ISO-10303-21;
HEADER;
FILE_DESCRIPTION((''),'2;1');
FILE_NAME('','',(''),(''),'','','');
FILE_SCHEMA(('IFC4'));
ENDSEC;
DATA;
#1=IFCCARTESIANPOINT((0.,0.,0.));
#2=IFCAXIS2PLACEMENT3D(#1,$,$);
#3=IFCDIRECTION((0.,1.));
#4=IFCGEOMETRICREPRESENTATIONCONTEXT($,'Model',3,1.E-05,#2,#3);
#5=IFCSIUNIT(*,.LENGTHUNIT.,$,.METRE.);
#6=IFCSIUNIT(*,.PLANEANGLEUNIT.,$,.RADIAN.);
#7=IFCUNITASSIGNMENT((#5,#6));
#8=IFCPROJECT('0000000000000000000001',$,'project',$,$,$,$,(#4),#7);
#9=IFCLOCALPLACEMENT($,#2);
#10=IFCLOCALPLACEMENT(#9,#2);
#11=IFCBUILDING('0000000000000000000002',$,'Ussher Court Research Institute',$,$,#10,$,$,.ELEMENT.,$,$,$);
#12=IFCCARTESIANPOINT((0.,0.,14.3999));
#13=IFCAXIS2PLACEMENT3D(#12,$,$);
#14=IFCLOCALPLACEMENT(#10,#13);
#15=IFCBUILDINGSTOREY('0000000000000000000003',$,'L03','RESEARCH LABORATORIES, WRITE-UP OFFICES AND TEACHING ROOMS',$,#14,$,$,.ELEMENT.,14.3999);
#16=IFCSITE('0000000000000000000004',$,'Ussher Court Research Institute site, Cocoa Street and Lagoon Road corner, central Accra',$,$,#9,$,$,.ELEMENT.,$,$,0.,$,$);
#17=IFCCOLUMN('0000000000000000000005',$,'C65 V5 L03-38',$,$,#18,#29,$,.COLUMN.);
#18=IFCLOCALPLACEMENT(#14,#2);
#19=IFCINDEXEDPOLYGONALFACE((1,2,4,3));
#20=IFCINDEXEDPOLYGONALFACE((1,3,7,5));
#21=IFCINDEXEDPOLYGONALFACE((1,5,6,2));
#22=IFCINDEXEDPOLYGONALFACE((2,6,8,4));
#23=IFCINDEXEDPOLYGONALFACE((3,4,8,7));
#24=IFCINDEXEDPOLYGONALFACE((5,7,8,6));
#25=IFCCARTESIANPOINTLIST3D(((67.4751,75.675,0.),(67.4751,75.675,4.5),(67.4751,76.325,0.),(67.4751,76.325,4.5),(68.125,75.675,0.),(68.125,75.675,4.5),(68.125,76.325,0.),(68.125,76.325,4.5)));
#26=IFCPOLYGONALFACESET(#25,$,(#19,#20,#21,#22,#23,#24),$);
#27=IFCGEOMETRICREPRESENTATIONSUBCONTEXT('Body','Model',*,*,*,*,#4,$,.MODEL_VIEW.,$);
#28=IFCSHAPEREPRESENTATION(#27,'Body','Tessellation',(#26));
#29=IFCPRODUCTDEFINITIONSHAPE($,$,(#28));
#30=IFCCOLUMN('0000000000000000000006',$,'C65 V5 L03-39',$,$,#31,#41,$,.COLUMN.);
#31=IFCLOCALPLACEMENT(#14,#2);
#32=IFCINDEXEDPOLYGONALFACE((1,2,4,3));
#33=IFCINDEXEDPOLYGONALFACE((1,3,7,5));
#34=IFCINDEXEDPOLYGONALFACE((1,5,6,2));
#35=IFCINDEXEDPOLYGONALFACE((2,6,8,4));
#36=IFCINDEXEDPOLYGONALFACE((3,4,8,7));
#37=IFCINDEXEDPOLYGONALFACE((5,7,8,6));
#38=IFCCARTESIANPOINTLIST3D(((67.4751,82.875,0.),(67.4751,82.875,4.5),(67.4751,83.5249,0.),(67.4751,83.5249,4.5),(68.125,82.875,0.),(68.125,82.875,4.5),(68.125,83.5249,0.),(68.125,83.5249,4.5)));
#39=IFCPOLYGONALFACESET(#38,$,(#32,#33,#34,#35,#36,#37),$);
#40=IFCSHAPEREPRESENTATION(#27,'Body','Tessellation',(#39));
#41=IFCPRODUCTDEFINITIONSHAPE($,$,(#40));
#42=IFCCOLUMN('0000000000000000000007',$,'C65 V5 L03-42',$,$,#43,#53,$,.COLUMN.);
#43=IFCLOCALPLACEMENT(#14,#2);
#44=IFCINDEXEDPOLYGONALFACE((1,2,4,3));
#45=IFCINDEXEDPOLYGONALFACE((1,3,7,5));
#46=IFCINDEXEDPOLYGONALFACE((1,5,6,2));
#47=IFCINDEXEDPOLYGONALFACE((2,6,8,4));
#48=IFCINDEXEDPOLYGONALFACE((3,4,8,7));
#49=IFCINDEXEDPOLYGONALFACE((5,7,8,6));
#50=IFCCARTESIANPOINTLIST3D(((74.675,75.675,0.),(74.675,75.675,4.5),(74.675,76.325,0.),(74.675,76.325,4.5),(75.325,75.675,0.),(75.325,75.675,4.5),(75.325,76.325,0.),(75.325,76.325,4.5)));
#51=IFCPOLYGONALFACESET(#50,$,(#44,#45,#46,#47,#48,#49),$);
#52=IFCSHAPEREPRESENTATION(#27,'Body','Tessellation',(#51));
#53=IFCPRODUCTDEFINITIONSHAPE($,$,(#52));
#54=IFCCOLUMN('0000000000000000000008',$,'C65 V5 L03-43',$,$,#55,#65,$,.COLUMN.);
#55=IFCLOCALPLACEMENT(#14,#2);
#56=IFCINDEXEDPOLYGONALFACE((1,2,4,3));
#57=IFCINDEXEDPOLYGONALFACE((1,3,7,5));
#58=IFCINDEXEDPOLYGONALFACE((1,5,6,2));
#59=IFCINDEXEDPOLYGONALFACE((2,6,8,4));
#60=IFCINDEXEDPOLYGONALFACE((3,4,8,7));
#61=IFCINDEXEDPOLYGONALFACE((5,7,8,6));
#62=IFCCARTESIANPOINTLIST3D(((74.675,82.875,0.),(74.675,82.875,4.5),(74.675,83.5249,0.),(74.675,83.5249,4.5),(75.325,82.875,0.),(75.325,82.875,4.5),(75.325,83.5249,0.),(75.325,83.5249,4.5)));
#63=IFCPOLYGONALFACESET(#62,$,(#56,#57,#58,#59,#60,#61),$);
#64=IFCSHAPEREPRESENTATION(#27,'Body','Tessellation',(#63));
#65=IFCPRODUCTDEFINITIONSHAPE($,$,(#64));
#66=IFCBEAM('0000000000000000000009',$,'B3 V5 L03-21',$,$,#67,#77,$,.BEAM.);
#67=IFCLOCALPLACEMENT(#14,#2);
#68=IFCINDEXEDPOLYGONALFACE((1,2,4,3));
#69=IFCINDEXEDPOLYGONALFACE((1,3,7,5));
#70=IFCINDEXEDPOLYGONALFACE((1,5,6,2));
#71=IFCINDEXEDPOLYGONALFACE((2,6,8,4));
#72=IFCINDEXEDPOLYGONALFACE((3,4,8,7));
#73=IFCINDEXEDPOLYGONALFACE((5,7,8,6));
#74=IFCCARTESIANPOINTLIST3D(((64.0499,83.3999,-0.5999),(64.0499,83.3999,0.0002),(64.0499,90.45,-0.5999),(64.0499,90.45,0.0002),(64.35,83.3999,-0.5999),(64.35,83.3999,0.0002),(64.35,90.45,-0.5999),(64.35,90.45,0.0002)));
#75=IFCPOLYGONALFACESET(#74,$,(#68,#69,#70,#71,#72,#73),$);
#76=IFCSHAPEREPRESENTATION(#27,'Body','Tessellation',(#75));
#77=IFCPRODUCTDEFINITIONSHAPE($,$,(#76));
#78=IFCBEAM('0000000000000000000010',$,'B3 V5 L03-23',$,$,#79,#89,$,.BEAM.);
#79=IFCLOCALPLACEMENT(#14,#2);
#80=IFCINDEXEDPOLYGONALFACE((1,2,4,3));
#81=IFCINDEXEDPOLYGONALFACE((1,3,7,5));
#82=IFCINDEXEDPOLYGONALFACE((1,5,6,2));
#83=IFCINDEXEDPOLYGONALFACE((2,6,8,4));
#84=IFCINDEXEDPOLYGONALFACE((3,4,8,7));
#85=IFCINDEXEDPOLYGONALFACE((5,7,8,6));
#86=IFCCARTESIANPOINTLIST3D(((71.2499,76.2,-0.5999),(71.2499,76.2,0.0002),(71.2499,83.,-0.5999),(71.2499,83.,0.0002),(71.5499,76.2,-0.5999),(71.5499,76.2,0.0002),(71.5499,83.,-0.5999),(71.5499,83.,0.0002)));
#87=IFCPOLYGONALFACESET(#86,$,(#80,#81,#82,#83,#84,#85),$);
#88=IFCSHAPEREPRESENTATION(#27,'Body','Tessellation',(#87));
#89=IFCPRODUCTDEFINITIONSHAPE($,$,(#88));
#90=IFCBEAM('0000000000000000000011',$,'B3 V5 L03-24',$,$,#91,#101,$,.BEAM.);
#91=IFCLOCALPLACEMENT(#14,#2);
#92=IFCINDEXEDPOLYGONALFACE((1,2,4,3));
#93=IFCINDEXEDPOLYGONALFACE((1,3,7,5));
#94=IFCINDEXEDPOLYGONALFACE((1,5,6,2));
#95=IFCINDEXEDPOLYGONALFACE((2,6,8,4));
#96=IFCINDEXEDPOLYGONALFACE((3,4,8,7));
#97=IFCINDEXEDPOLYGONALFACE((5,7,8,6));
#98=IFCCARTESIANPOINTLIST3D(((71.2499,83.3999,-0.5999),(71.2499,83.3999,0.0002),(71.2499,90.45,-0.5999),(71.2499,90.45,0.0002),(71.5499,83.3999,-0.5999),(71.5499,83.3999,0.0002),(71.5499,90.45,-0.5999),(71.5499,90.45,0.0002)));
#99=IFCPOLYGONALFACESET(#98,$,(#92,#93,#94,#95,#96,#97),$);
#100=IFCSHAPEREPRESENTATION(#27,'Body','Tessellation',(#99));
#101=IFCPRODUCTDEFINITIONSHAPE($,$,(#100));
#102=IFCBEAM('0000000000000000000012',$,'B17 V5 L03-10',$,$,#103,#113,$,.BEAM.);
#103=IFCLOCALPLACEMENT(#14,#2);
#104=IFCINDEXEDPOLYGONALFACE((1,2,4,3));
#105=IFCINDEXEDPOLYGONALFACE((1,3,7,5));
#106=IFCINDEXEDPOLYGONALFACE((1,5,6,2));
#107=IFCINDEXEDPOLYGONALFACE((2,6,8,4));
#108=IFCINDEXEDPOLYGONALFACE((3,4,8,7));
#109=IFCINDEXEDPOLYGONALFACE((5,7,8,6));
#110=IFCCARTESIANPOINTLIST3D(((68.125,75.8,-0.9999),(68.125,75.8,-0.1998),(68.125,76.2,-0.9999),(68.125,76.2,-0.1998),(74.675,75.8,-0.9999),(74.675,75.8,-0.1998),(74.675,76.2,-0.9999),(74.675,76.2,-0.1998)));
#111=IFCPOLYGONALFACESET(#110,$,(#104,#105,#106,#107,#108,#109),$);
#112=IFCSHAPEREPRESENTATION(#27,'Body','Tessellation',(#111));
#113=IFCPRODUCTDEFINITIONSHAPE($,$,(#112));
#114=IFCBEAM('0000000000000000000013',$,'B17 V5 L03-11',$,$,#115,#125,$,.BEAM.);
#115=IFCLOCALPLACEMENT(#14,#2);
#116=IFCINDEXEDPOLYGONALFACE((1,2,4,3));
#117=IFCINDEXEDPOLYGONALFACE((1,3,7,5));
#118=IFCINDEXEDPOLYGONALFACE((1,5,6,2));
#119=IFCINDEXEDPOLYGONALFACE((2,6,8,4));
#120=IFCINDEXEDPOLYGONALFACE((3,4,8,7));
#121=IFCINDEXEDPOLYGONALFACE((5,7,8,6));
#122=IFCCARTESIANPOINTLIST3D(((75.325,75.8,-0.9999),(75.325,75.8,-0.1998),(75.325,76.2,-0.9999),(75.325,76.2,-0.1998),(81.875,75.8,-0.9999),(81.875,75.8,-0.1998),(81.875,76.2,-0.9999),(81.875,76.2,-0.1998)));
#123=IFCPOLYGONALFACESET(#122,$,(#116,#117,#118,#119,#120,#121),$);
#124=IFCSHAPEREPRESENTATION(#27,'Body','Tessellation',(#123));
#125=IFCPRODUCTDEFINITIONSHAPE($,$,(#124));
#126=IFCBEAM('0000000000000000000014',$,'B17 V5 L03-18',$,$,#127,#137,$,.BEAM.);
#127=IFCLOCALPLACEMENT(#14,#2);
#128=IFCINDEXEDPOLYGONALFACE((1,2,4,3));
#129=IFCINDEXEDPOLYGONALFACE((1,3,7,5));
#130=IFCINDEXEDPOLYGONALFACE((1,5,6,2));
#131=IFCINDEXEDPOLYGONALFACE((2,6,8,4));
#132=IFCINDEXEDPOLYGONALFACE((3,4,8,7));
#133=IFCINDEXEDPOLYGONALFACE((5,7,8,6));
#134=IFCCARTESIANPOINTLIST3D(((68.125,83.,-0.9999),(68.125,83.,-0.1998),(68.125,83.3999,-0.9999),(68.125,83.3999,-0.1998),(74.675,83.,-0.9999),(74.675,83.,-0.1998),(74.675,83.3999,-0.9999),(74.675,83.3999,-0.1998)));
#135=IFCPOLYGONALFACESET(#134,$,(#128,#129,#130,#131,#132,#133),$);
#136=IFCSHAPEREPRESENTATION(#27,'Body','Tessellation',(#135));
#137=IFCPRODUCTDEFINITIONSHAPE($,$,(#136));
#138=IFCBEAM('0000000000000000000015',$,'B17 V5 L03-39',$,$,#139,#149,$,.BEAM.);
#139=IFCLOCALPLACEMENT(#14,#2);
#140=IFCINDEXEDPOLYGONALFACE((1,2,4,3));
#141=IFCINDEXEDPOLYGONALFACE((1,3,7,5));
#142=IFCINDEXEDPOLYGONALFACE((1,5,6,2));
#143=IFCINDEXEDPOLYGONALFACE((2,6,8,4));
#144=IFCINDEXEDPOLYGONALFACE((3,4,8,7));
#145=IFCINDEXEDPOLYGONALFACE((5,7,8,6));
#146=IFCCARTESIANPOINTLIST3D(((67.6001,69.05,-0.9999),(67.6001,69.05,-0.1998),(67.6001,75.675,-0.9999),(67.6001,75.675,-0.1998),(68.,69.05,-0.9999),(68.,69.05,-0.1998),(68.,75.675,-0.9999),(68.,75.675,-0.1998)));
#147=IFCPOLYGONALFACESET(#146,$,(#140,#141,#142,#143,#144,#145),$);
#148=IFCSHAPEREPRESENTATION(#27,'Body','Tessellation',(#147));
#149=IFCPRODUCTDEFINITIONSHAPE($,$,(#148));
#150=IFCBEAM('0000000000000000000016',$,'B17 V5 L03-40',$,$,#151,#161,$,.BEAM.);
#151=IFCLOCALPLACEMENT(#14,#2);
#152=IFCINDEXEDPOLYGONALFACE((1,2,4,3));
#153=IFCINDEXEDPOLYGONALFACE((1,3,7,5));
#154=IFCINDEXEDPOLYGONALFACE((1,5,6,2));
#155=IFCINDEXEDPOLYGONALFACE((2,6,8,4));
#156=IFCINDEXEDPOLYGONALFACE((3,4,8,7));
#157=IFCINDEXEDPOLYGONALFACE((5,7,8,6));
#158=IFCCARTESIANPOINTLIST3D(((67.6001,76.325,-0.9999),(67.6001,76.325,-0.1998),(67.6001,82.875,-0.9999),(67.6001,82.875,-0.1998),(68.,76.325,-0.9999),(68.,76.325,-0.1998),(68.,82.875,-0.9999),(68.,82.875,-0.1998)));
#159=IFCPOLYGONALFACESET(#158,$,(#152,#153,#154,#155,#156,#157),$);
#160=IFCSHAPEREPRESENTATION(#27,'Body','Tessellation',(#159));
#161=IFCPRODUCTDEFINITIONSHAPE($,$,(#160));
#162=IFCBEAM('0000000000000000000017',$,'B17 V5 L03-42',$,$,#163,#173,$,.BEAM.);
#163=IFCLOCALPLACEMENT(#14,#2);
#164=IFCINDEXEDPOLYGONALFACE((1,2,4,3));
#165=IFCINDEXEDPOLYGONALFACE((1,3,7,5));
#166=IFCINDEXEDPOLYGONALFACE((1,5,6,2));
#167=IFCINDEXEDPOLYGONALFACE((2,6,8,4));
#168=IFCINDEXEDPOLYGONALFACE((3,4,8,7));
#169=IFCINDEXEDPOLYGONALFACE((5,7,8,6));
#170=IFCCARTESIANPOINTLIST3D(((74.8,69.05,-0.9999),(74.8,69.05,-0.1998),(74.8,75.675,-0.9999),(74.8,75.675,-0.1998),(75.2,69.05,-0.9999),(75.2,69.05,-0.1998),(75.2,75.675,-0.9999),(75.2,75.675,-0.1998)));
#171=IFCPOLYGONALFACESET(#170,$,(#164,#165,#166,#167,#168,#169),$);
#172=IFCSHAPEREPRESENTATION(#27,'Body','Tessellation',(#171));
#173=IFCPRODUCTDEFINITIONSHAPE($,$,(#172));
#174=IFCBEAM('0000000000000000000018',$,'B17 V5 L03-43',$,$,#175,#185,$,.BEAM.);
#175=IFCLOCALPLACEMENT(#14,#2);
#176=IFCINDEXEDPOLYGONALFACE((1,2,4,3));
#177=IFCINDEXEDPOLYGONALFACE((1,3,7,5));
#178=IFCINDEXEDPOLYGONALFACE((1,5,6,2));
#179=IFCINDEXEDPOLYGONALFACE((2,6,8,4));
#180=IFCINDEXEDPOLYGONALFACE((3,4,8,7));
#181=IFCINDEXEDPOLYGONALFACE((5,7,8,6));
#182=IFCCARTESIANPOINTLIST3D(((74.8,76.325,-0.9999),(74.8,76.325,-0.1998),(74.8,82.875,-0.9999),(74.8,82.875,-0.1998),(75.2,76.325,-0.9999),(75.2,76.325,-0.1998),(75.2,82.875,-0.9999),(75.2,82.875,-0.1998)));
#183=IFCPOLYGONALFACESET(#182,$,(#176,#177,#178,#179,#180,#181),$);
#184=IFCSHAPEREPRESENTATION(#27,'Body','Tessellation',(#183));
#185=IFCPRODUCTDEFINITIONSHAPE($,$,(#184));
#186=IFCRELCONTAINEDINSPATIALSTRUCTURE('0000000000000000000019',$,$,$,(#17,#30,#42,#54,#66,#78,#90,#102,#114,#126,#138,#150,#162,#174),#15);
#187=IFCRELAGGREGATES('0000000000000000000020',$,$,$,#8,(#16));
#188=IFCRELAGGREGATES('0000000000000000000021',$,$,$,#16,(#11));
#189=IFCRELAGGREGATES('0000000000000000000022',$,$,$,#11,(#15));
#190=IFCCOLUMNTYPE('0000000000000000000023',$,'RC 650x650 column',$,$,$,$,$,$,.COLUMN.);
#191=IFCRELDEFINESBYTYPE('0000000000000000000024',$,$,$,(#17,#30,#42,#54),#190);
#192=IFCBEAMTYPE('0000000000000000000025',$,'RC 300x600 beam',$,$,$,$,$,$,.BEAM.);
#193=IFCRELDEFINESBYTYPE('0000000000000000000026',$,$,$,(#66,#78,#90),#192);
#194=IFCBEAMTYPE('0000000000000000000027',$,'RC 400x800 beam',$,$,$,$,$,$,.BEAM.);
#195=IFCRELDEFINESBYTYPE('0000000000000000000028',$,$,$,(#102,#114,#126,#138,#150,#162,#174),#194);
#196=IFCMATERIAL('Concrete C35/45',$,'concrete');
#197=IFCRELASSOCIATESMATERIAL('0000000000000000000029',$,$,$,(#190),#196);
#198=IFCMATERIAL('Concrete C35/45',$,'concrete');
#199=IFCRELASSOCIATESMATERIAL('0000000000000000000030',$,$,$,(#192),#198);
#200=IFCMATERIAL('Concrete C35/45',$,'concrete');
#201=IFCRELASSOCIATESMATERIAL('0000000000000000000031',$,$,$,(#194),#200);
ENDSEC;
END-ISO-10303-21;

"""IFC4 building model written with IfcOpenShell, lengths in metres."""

from ifc_helpers import new_model, si_unit, direction, frame, origin, origin_2d, place, context, subcontext, project, spatial, rectangle, extrude, material, material_profile, profile_set, type_object, element, save


model = new_model("IFC4")

# Units and contexts
model_context = context("Model", 3, precision=1e-05, world=origin(), true_north=direction((0.0, 1.0)))
body_context = subcontext(model_context, "Body", "Model", "MODEL_VIEW")
ifc_project = project(units=[si_unit("LENGTHUNIT", "METRE"), si_unit("PLANEANGLEUNIT", "RADIAN")], contexts=[model_context])

# Site, building, storey
site_placement = place(None, origin())
site = spatial("IfcSite", under=ifc_project, at=site_placement, Name="Ussher Court Research Institute site, Cocoa Street and Lagoon Road corner, central Accra", CompositionType="ELEMENT", RefElevation=0.0)
building_placement = place(site_placement, origin())
building = spatial("IfcBuilding", under=site, at=building_placement, Name="Ussher Court Research Institute", CompositionType="ELEMENT")
storey_placement = place(building_placement, frame((0.0, 0.0, 14.3999)))
storey = spatial("IfcBuildingStorey", under=building, at=storey_placement, Name="L03", Description="RESEARCH LABORATORIES, WRITE-UP OFFICES AND TEACHING ROOMS", CompositionType="ELEMENT", Elevation=14.3999)

# Columns
ifc_material_1 = material(Name="Concrete C35/45", Category="concrete")
ifc_material_profile_1 = material_profile(ifc_material_1, rectangle(XDim=0.6499, YDim=0.6499, at=origin_2d()), Name="RC 650x650")
ifc_profile_set_1 = profile_set([ifc_material_profile_1], Name="Concrete C35/45")
column_type = type_object("IfcColumnType", Name="RC 650x650 column", PredefinedType="COLUMN", material=ifc_profile_set_1)
for number, where, z_axis, x_axis, name in (
    (1, (67.8, 76.0, 0.0), (0.0, 0.0, 1.0), (1.0, 0.0, 0.0), "C65 V5 L03-38"),
    (2, (67.8, 83.2, 0.0), (0.0, 0.0, 1.0), (1.0, 0.0, 0.0), "C65 V5 L03-39"),
    (3, (75.0, 76.0, 0.0), (0.0, 0.0, 1.0), (1.0, 0.0, 0.0), "C65 V5 L03-42"),
    (4, (75.0, 83.2, 0.0), (0.0, 0.0, 1.0), (1.0, 0.0, 0.0), "C65 V5 L03-43"),
):
    element("IfcColumn", number, at=place(storey_placement, frame(where, z_axis=z_axis, x_axis=x_axis)), inside=storey, type_object=column_type, Name=name, PredefinedType="COLUMN", context=body_context, shape_type="SweptSolid", body=[
        extrude(rectangle(XDim=0.6499, YDim=0.6499, at=origin_2d()), origin(), (0.0, 0.0, 1.0), 4.5),
    ])

# Beams
ifc_material_2 = material(Name="Concrete C35/45", Category="concrete")
ifc_material_profile_2 = material_profile(ifc_material_2, rectangle(XDim=0.3, YDim=0.6001, at=origin_2d()), Name="RC 300x600")
ifc_profile_set_2 = profile_set([ifc_material_profile_2], Name="Concrete C35/45")
beam_type_1 = type_object("IfcBeamType", Name="RC 300x600 beam", PredefinedType="BEAM", material=ifc_profile_set_2)
beam_1_placement = place(storey_placement, frame((64.2, 83.3999, -0.2998), z_axis=(0.0, 1.0, 0.0), x_axis=(-1.0, 0.0, 0.0)))
element("IfcBeam", 5, at=beam_1_placement, inside=storey, type_object=beam_type_1, Name="B3 V5 L03-21", PredefinedType="BEAM", context=body_context, shape_type="SweptSolid", body=[
    extrude(rectangle(XDim=0.3, YDim=0.6001, at=origin_2d()), origin(), (0.0, 0.0, 1.0), 7.05),
])
beam_2_placement = place(storey_placement, frame((71.3999, 76.2, -0.2998), z_axis=(0.0, 1.0, 0.0), x_axis=(-1.0, 0.0, 0.0)))
element("IfcBeam", 6, at=beam_2_placement, inside=storey, type_object=beam_type_1, Name="B3 V5 L03-23", PredefinedType="BEAM", context=body_context, shape_type="SweptSolid", body=[
    extrude(rectangle(XDim=0.3, YDim=0.6001, at=origin_2d()), origin(), (0.0, 0.0, 1.0), 6.8),
])
beam_3_placement = place(storey_placement, frame((71.3999, 83.3999, -0.2998), z_axis=(0.0, 1.0, 0.0), x_axis=(-1.0, 0.0, 0.0)))
element("IfcBeam", 7, at=beam_3_placement, inside=storey, type_object=beam_type_1, Name="B3 V5 L03-24", PredefinedType="BEAM", context=body_context, shape_type="SweptSolid", body=[
    extrude(rectangle(XDim=0.3, YDim=0.6001, at=origin_2d()), origin(), (0.0, 0.0, 1.0), 7.05),
])
ifc_material_3 = material(Name="Concrete C35/45", Category="concrete")
ifc_material_profile_3 = material_profile(ifc_material_3, rectangle(XDim=0.3999, YDim=0.8, at=origin_2d()), Name="RC 400x800")
ifc_profile_set_3 = profile_set([ifc_material_profile_3], Name="Concrete C35/45")
beam_type_2 = type_object("IfcBeamType", Name="RC 400x800 beam", PredefinedType="BEAM", material=ifc_profile_set_3)
for number, where, z_axis, x_axis, name in (
    (8, (68.125, 76.0, -0.5999), (1.0, 0.0, 0.0), (0.0, 1.0, 0.0), "B17 V5 L03-10"),
    (9, (75.325, 76.0, -0.5999), (1.0, 0.0, 0.0), (0.0, 1.0, 0.0), "B17 V5 L03-11"),
    (10, (68.125, 83.2, -0.5999), (1.0, 0.0, 0.0), (0.0, 1.0, 0.0), "B17 V5 L03-18"),
):
    element("IfcBeam", number, at=place(storey_placement, frame(where, z_axis=z_axis, x_axis=x_axis)), inside=storey, type_object=beam_type_2, Name=name, PredefinedType="BEAM", context=body_context, shape_type="SweptSolid", body=[
        extrude(rectangle(XDim=0.3999, YDim=0.8, at=origin_2d()), origin(), (0.0, 0.0, 1.0), 6.55),
    ])
beam_4_placement = place(storey_placement, frame((67.8, 69.05, -0.5999), z_axis=(0.0, 1.0, 0.0), x_axis=(-1.0, 0.0, 0.0)))
element("IfcBeam", 11, at=beam_4_placement, inside=storey, type_object=beam_type_2, Name="B17 V5 L03-39", PredefinedType="BEAM", context=body_context, shape_type="SweptSolid", body=[
    extrude(rectangle(XDim=0.3999, YDim=0.8, at=origin_2d()), origin(), (0.0, 0.0, 1.0), 6.625),
])
beam_5_placement = place(storey_placement, frame((67.8, 76.325, -0.5999), z_axis=(0.0, 1.0, 0.0), x_axis=(-1.0, 0.0, 0.0)))
element("IfcBeam", 12, at=beam_5_placement, inside=storey, type_object=beam_type_2, Name="B17 V5 L03-40", PredefinedType="BEAM", context=body_context, shape_type="SweptSolid", body=[
    extrude(rectangle(XDim=0.3999, YDim=0.8, at=origin_2d()), origin(), (0.0, 0.0, 1.0), 6.55),
])
beam_6_placement = place(storey_placement, frame((75.0, 69.05, -0.5999), z_axis=(0.0, 1.0, 0.0), x_axis=(-1.0, 0.0, 0.0)))
element("IfcBeam", 13, at=beam_6_placement, inside=storey, type_object=beam_type_2, Name="B17 V5 L03-42", PredefinedType="BEAM", context=body_context, shape_type="SweptSolid", body=[
    extrude(rectangle(XDim=0.3999, YDim=0.8, at=origin_2d()), origin(), (0.0, 0.0, 1.0), 6.625),
])
beam_7_placement = place(storey_placement, frame((75.0, 76.325, -0.5999), z_axis=(0.0, 1.0, 0.0), x_axis=(-1.0, 0.0, 0.0)))
element("IfcBeam", 14, at=beam_7_placement, inside=storey, type_object=beam_type_2, Name="B17 V5 L03-43", PredefinedType="BEAM", context=body_context, shape_type="SweptSolid", body=[
    extrude(rectangle(XDim=0.3999, YDim=0.8, at=origin_2d()), origin(), (0.0, 0.0, 1.0), 6.55),
])

save(model, "model.ifc")
